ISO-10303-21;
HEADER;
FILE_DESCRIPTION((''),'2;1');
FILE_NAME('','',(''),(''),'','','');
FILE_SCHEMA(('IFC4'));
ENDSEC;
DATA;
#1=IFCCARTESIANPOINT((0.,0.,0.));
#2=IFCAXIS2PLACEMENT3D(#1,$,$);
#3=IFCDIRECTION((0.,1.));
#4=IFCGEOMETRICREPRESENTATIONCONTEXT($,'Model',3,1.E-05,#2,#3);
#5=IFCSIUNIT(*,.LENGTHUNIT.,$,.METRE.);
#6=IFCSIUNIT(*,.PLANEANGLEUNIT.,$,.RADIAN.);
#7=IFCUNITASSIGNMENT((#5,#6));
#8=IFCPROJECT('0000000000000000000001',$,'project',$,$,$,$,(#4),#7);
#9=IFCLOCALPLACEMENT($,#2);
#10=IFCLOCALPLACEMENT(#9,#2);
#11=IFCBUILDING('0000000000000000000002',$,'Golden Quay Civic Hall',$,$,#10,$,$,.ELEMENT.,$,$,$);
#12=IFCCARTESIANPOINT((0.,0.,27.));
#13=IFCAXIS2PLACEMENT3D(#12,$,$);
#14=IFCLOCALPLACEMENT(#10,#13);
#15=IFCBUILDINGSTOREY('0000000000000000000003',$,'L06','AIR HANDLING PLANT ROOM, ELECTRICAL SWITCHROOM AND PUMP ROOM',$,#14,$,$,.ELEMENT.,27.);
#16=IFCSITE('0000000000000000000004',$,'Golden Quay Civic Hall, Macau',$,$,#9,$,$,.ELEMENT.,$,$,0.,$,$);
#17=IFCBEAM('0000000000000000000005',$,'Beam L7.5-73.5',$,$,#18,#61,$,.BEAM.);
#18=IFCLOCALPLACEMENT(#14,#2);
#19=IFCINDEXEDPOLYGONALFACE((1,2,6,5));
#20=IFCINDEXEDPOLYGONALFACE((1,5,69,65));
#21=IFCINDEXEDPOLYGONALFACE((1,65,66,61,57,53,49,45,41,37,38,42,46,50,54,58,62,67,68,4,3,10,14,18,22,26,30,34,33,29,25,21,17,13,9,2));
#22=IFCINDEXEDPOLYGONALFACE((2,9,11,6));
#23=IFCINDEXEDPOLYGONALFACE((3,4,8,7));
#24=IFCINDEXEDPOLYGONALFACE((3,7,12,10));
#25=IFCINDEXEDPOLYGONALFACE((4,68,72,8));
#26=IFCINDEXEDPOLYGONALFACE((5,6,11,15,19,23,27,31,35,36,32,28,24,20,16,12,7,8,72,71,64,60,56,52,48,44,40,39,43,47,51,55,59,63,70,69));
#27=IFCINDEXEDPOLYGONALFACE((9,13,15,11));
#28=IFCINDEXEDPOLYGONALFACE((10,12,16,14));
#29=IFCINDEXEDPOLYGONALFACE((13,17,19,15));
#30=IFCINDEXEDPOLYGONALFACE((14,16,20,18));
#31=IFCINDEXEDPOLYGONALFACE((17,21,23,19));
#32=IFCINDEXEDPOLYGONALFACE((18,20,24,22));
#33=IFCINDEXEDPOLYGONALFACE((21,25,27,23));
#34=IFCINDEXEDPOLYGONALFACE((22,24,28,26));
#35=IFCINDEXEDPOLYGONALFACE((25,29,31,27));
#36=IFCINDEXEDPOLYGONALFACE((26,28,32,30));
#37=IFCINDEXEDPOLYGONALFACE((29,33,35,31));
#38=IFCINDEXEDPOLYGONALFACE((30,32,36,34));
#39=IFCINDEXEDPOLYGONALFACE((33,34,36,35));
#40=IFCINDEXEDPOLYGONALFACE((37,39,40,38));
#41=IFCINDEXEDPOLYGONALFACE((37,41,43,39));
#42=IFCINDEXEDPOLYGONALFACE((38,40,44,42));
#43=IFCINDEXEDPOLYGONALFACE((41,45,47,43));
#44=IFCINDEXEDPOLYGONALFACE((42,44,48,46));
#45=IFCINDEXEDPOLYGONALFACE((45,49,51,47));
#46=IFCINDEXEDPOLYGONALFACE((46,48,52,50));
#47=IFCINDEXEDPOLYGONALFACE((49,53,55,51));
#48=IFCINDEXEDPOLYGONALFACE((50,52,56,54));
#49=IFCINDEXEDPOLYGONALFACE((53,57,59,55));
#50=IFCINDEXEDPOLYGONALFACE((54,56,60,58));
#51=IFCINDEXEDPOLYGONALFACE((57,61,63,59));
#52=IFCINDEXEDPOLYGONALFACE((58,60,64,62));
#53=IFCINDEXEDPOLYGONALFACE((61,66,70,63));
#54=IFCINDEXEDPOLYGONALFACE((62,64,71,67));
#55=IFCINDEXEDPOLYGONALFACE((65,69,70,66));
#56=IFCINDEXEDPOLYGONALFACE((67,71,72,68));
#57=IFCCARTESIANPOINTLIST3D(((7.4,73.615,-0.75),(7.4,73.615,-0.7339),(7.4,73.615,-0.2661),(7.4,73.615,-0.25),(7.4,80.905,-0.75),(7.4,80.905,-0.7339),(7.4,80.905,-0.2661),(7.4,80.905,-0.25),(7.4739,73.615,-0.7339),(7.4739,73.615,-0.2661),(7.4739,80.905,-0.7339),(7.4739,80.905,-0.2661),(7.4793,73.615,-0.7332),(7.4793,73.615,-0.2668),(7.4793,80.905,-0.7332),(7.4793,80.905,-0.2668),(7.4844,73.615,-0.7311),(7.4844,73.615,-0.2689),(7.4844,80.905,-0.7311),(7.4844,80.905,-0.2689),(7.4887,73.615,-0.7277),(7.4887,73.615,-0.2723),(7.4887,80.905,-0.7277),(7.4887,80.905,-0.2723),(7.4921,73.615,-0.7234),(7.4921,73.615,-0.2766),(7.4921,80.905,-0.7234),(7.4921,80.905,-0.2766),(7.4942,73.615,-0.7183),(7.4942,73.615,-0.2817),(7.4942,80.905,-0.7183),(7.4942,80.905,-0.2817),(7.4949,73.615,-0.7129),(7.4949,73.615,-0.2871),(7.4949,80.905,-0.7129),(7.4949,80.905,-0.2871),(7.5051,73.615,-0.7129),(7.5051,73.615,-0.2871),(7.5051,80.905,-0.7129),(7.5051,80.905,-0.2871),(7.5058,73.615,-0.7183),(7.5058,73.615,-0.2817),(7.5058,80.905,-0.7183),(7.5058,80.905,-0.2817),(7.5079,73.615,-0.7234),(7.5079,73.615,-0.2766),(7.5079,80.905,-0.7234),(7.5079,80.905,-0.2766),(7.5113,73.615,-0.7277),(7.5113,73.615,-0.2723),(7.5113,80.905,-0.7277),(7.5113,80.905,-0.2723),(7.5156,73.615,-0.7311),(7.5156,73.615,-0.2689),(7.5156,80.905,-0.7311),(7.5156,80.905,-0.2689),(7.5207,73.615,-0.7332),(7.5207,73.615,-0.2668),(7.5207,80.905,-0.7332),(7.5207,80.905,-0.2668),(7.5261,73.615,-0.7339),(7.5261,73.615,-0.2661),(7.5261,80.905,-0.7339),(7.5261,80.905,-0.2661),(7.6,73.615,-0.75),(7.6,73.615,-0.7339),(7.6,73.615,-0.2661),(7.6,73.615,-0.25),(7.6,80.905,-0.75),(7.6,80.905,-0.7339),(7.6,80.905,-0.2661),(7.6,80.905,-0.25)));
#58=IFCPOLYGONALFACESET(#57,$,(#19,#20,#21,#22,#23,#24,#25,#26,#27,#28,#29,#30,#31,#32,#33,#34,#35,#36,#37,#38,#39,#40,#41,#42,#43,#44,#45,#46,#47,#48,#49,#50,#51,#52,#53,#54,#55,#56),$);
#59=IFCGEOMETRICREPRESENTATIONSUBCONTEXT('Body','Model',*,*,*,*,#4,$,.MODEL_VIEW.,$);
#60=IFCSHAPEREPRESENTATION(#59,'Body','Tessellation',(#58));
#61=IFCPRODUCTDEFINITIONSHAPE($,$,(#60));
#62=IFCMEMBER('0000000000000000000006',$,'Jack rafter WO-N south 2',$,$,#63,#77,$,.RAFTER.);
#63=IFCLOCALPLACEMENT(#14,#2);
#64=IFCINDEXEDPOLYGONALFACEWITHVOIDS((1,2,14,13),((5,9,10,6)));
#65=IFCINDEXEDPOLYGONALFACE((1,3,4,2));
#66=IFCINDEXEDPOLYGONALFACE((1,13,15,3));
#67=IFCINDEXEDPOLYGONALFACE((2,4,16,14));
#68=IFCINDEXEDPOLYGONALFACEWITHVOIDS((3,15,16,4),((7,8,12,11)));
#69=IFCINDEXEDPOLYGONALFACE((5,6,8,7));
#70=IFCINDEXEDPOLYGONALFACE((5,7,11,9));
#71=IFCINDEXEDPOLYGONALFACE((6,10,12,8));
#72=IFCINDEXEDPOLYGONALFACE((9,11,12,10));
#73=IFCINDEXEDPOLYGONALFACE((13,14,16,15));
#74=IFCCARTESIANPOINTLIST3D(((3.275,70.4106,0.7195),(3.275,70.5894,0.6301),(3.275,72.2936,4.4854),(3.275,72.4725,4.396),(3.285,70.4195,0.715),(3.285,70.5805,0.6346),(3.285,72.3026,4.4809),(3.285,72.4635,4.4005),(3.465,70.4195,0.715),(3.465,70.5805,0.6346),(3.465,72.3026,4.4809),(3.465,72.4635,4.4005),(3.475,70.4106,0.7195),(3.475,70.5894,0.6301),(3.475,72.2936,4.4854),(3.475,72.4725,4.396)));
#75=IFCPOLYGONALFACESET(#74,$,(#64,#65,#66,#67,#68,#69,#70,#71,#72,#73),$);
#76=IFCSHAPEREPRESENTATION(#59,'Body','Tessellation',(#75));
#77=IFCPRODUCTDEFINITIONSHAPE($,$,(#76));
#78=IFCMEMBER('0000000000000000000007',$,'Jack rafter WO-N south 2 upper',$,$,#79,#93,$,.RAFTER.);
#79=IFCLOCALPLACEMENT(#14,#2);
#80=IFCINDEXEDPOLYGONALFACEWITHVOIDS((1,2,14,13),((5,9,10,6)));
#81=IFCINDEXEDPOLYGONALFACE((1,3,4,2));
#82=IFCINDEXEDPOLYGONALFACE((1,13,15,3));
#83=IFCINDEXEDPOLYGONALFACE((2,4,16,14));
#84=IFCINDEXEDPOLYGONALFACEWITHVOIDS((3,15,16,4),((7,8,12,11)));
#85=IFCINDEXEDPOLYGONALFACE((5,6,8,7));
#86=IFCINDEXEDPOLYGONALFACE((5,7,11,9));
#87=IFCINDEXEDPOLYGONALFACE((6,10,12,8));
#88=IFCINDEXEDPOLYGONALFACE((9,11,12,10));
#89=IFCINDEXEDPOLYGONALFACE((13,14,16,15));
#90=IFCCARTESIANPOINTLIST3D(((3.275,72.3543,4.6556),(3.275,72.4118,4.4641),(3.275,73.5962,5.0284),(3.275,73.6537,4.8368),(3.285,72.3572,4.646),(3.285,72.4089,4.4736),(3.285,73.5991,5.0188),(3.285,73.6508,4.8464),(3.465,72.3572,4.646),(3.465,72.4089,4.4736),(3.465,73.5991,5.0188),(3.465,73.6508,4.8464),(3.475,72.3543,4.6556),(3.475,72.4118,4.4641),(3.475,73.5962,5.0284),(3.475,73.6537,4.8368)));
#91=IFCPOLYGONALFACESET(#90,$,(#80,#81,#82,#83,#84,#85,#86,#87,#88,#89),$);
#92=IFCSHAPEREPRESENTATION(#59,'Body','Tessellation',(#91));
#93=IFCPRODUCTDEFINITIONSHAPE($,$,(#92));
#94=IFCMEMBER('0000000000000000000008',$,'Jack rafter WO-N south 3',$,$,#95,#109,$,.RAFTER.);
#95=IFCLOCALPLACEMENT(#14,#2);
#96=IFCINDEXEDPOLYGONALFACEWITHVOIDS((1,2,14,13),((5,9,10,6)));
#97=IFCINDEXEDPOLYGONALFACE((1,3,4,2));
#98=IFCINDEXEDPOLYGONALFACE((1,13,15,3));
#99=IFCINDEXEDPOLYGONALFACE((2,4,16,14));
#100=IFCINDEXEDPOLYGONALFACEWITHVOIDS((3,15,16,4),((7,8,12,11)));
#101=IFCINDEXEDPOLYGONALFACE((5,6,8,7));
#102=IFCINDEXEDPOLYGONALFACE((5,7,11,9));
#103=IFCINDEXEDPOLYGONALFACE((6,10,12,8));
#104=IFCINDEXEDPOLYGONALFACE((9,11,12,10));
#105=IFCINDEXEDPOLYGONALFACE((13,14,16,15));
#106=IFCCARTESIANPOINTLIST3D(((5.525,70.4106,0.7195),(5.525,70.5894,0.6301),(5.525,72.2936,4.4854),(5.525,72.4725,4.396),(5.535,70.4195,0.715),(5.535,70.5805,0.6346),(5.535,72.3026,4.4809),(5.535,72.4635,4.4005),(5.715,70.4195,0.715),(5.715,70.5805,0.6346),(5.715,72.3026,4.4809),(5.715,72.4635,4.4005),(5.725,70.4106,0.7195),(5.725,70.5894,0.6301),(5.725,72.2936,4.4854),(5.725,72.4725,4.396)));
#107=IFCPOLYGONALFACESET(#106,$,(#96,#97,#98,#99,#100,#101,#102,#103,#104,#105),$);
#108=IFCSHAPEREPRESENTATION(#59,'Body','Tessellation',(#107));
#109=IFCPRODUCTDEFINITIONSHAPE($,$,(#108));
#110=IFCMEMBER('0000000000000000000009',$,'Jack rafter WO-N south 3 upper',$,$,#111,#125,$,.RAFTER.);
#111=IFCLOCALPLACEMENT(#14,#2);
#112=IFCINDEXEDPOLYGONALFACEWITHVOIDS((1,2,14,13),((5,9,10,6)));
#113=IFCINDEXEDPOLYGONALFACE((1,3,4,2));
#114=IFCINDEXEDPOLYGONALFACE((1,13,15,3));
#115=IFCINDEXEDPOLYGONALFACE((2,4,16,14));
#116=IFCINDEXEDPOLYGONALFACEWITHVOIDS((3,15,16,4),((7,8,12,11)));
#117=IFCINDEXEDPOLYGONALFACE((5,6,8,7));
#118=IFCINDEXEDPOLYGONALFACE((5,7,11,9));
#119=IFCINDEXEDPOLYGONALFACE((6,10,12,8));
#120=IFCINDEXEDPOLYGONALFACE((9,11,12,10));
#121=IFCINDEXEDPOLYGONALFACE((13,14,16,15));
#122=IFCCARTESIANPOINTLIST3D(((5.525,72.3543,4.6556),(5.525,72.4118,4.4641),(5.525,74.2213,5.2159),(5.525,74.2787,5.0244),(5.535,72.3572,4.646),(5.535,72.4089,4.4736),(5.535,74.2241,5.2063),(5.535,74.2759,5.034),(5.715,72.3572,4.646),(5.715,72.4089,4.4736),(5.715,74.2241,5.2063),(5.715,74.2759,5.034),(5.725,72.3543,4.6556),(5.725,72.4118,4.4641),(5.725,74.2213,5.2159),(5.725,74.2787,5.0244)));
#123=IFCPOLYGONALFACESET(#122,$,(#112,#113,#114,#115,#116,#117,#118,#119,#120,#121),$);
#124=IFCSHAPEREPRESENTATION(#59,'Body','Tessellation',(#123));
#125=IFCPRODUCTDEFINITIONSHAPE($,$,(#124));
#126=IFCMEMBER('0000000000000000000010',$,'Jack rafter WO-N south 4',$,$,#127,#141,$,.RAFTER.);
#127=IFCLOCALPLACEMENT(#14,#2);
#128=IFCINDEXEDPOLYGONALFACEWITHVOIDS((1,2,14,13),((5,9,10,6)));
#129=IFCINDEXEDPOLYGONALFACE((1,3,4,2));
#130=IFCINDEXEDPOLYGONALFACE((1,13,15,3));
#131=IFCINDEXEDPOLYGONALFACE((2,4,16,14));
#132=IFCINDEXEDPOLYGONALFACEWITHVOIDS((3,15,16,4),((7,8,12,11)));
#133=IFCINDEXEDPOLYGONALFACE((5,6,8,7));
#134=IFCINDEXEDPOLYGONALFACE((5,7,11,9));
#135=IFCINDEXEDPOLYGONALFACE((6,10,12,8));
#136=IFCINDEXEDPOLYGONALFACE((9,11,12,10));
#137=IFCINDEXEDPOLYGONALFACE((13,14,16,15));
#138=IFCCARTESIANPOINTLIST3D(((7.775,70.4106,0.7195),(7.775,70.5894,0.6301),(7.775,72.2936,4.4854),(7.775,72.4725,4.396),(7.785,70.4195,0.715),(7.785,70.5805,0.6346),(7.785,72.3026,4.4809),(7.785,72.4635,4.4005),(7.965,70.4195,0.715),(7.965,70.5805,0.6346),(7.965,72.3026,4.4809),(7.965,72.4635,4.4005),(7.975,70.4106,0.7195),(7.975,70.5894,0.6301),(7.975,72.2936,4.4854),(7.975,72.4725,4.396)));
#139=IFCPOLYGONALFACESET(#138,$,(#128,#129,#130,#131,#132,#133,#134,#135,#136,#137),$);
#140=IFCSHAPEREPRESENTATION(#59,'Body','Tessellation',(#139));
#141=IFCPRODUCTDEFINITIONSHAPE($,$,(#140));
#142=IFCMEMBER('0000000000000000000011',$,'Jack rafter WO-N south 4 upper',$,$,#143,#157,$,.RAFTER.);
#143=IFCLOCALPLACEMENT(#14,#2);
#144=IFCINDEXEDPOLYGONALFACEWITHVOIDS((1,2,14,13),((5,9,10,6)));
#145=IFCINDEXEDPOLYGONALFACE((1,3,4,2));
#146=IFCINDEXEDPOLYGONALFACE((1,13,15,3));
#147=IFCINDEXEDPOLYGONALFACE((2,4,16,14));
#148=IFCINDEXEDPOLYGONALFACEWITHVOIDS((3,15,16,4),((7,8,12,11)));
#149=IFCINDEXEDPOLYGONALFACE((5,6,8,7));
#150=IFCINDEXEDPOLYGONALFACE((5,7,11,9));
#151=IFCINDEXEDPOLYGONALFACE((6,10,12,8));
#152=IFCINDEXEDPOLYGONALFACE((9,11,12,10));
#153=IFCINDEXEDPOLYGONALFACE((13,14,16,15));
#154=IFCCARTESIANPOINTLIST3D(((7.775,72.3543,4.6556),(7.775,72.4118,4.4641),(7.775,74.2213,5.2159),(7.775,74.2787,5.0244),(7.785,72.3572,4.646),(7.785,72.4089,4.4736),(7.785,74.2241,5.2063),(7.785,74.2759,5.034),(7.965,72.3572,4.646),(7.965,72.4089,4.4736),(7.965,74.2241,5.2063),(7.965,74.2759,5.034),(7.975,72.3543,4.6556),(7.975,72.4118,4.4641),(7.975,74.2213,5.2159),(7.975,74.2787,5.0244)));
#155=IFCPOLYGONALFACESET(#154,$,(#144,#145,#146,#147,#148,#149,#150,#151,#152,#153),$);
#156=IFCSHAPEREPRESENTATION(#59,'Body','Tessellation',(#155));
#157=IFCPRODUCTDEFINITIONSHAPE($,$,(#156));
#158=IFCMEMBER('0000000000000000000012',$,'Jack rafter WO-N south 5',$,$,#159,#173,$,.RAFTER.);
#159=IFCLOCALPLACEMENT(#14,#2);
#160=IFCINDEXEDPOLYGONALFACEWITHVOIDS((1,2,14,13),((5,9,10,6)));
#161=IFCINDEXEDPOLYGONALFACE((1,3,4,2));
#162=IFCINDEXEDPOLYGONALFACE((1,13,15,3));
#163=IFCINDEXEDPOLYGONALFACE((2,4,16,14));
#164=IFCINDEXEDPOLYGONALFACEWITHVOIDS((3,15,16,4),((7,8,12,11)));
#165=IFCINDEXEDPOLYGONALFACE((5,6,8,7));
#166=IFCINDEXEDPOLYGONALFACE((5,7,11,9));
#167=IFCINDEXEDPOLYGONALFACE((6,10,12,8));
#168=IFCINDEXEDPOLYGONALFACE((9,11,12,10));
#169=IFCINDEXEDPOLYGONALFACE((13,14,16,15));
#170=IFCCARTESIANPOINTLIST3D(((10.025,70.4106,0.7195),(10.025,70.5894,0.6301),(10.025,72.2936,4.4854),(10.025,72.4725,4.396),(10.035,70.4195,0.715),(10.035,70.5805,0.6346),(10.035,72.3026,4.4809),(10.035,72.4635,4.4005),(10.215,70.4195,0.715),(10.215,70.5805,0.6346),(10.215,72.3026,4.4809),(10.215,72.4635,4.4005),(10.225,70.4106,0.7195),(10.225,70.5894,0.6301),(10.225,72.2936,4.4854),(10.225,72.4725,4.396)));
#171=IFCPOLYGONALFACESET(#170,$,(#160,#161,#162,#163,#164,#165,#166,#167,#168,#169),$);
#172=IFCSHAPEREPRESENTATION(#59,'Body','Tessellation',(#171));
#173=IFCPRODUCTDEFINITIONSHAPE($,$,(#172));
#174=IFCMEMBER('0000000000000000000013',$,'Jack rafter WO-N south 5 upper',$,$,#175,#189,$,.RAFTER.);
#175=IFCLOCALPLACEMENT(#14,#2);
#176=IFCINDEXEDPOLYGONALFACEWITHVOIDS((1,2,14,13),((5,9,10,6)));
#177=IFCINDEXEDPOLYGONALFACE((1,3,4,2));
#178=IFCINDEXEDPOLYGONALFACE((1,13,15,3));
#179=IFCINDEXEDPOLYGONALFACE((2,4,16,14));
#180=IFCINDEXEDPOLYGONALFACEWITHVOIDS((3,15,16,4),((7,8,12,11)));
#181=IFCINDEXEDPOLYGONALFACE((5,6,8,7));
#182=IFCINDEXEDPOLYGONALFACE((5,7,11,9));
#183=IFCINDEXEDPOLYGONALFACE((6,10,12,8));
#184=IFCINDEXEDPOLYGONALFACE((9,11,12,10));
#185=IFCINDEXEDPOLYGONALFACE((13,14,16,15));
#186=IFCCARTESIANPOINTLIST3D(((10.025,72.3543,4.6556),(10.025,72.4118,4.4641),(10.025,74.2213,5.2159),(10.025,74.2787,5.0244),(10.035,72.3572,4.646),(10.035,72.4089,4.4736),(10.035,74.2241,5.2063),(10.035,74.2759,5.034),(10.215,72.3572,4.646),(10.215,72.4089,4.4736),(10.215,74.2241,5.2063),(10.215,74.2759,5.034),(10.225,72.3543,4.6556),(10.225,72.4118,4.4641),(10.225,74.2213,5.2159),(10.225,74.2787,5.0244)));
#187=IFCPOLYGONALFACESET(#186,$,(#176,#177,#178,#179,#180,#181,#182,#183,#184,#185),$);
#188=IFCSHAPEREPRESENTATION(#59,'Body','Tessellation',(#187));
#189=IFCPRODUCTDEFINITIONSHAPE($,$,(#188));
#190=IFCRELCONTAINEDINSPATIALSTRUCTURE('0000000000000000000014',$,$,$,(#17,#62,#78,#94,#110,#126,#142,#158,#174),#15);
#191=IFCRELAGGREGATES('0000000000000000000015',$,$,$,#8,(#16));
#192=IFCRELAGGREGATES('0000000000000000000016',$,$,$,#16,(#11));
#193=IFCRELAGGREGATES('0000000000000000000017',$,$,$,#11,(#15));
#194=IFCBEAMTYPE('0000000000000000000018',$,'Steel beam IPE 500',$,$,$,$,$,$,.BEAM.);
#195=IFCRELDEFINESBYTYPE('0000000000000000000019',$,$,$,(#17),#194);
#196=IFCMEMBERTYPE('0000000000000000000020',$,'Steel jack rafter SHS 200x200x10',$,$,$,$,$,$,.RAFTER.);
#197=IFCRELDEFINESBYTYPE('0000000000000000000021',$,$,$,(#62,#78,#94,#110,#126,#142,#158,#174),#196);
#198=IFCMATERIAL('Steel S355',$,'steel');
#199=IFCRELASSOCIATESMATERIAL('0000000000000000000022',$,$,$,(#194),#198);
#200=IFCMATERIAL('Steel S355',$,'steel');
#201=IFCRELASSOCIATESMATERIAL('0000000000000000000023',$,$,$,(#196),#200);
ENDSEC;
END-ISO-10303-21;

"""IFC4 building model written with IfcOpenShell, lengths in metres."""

from ifc_helpers import new_model, si_unit, direction, frame, origin, origin_2d, place, context, subcontext, project, spatial, hollow_rectangle, i_section, extrude, material, material_profile, profile_set, type_object, element, save


model = new_model("IFC4")

# Units and contexts
model_context = context("Model", 3, precision=1e-05, world=origin(), true_north=direction((0.0, 1.0)))
body_context = subcontext(model_context, "Body", "Model", "MODEL_VIEW")
ifc_project = project(units=[si_unit("LENGTHUNIT", "METRE"), si_unit("PLANEANGLEUNIT", "RADIAN")], contexts=[model_context])

# Site, building, storey
site_placement = place(None, origin())
site = spatial("IfcSite", under=ifc_project, at=site_placement, Name="Golden Quay Civic Hall, Macau", CompositionType="ELEMENT", RefElevation=0.0)
building_placement = place(site_placement, origin())
building = spatial("IfcBuilding", under=site, at=building_placement, Name="Golden Quay Civic Hall", CompositionType="ELEMENT")
storey_placement = place(building_placement, frame((0.0, 0.0, 27.0)))
storey = spatial("IfcBuildingStorey", under=building, at=storey_placement, Name="L06", Description="AIR HANDLING PLANT ROOM, ELECTRICAL SWITCHROOM AND PUMP ROOM", CompositionType="ELEMENT", Elevation=27.0)

# Beam
ifc_material_1 = material(Name="Steel S355", Category="steel")
ifc_material_profile_1 = material_profile(ifc_material_1, i_section(OverallWidth=0.2, OverallDepth=0.5, WebThickness=0.0103, FlangeThickness=0.0161, FilletRadius=0.021, at=origin_2d()), Name="IPE 500")
ifc_profile_set_1 = profile_set([ifc_material_profile_1], Name="Steel S355")
beam_type_1 = type_object("IfcBeamType", Name="Steel beam IPE 500", PredefinedType="BEAM", material=ifc_profile_set_1)
beam_1_placement = place(storey_placement, frame((7.5, 73.615, -0.5), z_axis=(0.0, 1.0, 0.0), x_axis=(-1.0, 0.0, 0.0)))
element("IfcBeam", 1, at=beam_1_placement, inside=storey, type_object=beam_type_1, Name="Beam L7.5-73.5", PredefinedType="BEAM", context=body_context, shape_type="SweptSolid", body=[
    extrude(i_section(OverallWidth=0.2, OverallDepth=0.5, WebThickness=0.0103, FlangeThickness=0.0161, FilletRadius=0.021, at=origin_2d()), origin(), (0.0, 0.0, 1.0), 7.29),
])

# Members
ifc_material_2 = material(Name="Steel S355", Category="steel")
ifc_material_profile_2 = material_profile(ifc_material_2, hollow_rectangle(XDim=0.2, YDim=0.2, WallThickness=0.01, at=origin_2d()), Name="SHS 200x200x10")
ifc_profile_set_2 = profile_set([ifc_material_profile_2], Name="Steel S355")
member_type_1 = type_object("IfcMemberType", Name="Steel jack rafter SHS 200x200x10", PredefinedType="RAFTER", material=ifc_profile_set_2)
member_1_placement = place(storey_placement, frame((3.375, 70.5, 0.6748), z_axis=(0.0, 0.447237, 0.894416), x_axis=(-1.0, 0.0, 0.0)))
element("IfcMember", 2, at=member_1_placement, inside=storey, type_object=member_type_1, Name="Jack rafter WO-N south 2", PredefinedType="RAFTER", context=body_context, shape_type="SweptSolid", body=[
    extrude(hollow_rectangle(XDim=0.2, YDim=0.2, WallThickness=0.01, at=origin_2d()), origin(), (0.0, 0.0, 1.0), 4.2104),
])
member_2_placement = place(storey_placement, frame((3.375, 72.3831, 4.5598), z_axis=(0.0, 0.95778, 0.287503), x_axis=(-1.0, 0.0, 0.0)))
element("IfcMember", 3, at=member_2_placement, inside=storey, type_object=member_type_1, Name="Jack rafter WO-N south 2 upper", PredefinedType="RAFTER", context=body_context, shape_type="SweptSolid", body=[
    extrude(hollow_rectangle(XDim=0.2, YDim=0.2, WallThickness=0.01, at=origin_2d()), origin(), (0.0, 0.0, 1.0), 1.2966),
])
member_3_placement = place(storey_placement, frame((5.625, 70.5, 0.6748), z_axis=(0.0, 0.447237, 0.894416), x_axis=(-1.0, 0.0, 0.0)))
element("IfcMember", 4, at=member_3_placement, inside=storey, type_object=member_type_1, Name="Jack rafter WO-N south 3", PredefinedType="RAFTER", context=body_context, shape_type="SweptSolid", body=[
    extrude(hollow_rectangle(XDim=0.2, YDim=0.2, WallThickness=0.01, at=origin_2d()), origin(), (0.0, 0.0, 1.0), 4.2104),
])
member_4_placement = place(storey_placement, frame((5.625, 72.3831, 4.5598), z_axis=(0.0, 0.957795, 0.287451), x_axis=(-1.0, 0.0, 0.0)))
element("IfcMember", 5, at=member_4_placement, inside=storey, type_object=member_type_1, Name="Jack rafter WO-N south 3 upper", PredefinedType="RAFTER", context=body_context, shape_type="SweptSolid", body=[
    extrude(hollow_rectangle(XDim=0.2, YDim=0.2, WallThickness=0.01, at=origin_2d()), origin(), (0.0, 0.0, 1.0), 1.9492),
])
member_5_placement = place(storey_placement, frame((7.875, 70.5, 0.6748), z_axis=(0.0, 0.447237, 0.894416), x_axis=(-1.0, 0.0, 0.0)))
element("IfcMember", 6, at=member_5_placement, inside=storey, type_object=member_type_1, Name="Jack rafter WO-N south 4", PredefinedType="RAFTER", context=body_context, shape_type="SweptSolid", body=[
    extrude(hollow_rectangle(XDim=0.2, YDim=0.2, WallThickness=0.01, at=origin_2d()), origin(), (0.0, 0.0, 1.0), 4.2104),
])
member_6_placement = place(storey_placement, frame((7.875, 72.3831, 4.5598), z_axis=(0.0, 0.957795, 0.287451), x_axis=(-1.0, 0.0, 0.0)))
element("IfcMember", 7, at=member_6_placement, inside=storey, type_object=member_type_1, Name="Jack rafter WO-N south 4 upper", PredefinedType="RAFTER", context=body_context, shape_type="SweptSolid", body=[
    extrude(hollow_rectangle(XDim=0.2, YDim=0.2, WallThickness=0.01, at=origin_2d()), origin(), (0.0, 0.0, 1.0), 1.9492),
])
member_7_placement = place(storey_placement, frame((10.125, 70.5, 0.6748), z_axis=(0.0, 0.447237, 0.894416), x_axis=(-1.0, 0.0, 0.0)))
element("IfcMember", 8, at=member_7_placement, inside=storey, type_object=member_type_1, Name="Jack rafter WO-N south 5", PredefinedType="RAFTER", context=body_context, shape_type="SweptSolid", body=[
    extrude(hollow_rectangle(XDim=0.2, YDim=0.2, WallThickness=0.01, at=origin_2d()), origin(), (0.0, 0.0, 1.0), 4.2104),
])
for number, where, z_axis, x_axis, name in (
    (9, (10.125, 72.3831, 4.5598), (0.0, 0.957795, 0.287451), (-1.0, 0.0, 0.0), "Jack rafter WO-N south 5 upper"),
):
    element("IfcMember", number, at=place(storey_placement, frame(where, z_axis=z_axis, x_axis=x_axis)), inside=storey, type_object=member_type_1, Name=name, PredefinedType="RAFTER", context=body_context, shape_type="SweptSolid", body=[
        extrude(hollow_rectangle(XDim=0.2, YDim=0.2, WallThickness=0.01, at=origin_2d()), origin(), (0.0, 0.0, 1.0), 1.9492),
    ])

save(model, "model.ifc")
